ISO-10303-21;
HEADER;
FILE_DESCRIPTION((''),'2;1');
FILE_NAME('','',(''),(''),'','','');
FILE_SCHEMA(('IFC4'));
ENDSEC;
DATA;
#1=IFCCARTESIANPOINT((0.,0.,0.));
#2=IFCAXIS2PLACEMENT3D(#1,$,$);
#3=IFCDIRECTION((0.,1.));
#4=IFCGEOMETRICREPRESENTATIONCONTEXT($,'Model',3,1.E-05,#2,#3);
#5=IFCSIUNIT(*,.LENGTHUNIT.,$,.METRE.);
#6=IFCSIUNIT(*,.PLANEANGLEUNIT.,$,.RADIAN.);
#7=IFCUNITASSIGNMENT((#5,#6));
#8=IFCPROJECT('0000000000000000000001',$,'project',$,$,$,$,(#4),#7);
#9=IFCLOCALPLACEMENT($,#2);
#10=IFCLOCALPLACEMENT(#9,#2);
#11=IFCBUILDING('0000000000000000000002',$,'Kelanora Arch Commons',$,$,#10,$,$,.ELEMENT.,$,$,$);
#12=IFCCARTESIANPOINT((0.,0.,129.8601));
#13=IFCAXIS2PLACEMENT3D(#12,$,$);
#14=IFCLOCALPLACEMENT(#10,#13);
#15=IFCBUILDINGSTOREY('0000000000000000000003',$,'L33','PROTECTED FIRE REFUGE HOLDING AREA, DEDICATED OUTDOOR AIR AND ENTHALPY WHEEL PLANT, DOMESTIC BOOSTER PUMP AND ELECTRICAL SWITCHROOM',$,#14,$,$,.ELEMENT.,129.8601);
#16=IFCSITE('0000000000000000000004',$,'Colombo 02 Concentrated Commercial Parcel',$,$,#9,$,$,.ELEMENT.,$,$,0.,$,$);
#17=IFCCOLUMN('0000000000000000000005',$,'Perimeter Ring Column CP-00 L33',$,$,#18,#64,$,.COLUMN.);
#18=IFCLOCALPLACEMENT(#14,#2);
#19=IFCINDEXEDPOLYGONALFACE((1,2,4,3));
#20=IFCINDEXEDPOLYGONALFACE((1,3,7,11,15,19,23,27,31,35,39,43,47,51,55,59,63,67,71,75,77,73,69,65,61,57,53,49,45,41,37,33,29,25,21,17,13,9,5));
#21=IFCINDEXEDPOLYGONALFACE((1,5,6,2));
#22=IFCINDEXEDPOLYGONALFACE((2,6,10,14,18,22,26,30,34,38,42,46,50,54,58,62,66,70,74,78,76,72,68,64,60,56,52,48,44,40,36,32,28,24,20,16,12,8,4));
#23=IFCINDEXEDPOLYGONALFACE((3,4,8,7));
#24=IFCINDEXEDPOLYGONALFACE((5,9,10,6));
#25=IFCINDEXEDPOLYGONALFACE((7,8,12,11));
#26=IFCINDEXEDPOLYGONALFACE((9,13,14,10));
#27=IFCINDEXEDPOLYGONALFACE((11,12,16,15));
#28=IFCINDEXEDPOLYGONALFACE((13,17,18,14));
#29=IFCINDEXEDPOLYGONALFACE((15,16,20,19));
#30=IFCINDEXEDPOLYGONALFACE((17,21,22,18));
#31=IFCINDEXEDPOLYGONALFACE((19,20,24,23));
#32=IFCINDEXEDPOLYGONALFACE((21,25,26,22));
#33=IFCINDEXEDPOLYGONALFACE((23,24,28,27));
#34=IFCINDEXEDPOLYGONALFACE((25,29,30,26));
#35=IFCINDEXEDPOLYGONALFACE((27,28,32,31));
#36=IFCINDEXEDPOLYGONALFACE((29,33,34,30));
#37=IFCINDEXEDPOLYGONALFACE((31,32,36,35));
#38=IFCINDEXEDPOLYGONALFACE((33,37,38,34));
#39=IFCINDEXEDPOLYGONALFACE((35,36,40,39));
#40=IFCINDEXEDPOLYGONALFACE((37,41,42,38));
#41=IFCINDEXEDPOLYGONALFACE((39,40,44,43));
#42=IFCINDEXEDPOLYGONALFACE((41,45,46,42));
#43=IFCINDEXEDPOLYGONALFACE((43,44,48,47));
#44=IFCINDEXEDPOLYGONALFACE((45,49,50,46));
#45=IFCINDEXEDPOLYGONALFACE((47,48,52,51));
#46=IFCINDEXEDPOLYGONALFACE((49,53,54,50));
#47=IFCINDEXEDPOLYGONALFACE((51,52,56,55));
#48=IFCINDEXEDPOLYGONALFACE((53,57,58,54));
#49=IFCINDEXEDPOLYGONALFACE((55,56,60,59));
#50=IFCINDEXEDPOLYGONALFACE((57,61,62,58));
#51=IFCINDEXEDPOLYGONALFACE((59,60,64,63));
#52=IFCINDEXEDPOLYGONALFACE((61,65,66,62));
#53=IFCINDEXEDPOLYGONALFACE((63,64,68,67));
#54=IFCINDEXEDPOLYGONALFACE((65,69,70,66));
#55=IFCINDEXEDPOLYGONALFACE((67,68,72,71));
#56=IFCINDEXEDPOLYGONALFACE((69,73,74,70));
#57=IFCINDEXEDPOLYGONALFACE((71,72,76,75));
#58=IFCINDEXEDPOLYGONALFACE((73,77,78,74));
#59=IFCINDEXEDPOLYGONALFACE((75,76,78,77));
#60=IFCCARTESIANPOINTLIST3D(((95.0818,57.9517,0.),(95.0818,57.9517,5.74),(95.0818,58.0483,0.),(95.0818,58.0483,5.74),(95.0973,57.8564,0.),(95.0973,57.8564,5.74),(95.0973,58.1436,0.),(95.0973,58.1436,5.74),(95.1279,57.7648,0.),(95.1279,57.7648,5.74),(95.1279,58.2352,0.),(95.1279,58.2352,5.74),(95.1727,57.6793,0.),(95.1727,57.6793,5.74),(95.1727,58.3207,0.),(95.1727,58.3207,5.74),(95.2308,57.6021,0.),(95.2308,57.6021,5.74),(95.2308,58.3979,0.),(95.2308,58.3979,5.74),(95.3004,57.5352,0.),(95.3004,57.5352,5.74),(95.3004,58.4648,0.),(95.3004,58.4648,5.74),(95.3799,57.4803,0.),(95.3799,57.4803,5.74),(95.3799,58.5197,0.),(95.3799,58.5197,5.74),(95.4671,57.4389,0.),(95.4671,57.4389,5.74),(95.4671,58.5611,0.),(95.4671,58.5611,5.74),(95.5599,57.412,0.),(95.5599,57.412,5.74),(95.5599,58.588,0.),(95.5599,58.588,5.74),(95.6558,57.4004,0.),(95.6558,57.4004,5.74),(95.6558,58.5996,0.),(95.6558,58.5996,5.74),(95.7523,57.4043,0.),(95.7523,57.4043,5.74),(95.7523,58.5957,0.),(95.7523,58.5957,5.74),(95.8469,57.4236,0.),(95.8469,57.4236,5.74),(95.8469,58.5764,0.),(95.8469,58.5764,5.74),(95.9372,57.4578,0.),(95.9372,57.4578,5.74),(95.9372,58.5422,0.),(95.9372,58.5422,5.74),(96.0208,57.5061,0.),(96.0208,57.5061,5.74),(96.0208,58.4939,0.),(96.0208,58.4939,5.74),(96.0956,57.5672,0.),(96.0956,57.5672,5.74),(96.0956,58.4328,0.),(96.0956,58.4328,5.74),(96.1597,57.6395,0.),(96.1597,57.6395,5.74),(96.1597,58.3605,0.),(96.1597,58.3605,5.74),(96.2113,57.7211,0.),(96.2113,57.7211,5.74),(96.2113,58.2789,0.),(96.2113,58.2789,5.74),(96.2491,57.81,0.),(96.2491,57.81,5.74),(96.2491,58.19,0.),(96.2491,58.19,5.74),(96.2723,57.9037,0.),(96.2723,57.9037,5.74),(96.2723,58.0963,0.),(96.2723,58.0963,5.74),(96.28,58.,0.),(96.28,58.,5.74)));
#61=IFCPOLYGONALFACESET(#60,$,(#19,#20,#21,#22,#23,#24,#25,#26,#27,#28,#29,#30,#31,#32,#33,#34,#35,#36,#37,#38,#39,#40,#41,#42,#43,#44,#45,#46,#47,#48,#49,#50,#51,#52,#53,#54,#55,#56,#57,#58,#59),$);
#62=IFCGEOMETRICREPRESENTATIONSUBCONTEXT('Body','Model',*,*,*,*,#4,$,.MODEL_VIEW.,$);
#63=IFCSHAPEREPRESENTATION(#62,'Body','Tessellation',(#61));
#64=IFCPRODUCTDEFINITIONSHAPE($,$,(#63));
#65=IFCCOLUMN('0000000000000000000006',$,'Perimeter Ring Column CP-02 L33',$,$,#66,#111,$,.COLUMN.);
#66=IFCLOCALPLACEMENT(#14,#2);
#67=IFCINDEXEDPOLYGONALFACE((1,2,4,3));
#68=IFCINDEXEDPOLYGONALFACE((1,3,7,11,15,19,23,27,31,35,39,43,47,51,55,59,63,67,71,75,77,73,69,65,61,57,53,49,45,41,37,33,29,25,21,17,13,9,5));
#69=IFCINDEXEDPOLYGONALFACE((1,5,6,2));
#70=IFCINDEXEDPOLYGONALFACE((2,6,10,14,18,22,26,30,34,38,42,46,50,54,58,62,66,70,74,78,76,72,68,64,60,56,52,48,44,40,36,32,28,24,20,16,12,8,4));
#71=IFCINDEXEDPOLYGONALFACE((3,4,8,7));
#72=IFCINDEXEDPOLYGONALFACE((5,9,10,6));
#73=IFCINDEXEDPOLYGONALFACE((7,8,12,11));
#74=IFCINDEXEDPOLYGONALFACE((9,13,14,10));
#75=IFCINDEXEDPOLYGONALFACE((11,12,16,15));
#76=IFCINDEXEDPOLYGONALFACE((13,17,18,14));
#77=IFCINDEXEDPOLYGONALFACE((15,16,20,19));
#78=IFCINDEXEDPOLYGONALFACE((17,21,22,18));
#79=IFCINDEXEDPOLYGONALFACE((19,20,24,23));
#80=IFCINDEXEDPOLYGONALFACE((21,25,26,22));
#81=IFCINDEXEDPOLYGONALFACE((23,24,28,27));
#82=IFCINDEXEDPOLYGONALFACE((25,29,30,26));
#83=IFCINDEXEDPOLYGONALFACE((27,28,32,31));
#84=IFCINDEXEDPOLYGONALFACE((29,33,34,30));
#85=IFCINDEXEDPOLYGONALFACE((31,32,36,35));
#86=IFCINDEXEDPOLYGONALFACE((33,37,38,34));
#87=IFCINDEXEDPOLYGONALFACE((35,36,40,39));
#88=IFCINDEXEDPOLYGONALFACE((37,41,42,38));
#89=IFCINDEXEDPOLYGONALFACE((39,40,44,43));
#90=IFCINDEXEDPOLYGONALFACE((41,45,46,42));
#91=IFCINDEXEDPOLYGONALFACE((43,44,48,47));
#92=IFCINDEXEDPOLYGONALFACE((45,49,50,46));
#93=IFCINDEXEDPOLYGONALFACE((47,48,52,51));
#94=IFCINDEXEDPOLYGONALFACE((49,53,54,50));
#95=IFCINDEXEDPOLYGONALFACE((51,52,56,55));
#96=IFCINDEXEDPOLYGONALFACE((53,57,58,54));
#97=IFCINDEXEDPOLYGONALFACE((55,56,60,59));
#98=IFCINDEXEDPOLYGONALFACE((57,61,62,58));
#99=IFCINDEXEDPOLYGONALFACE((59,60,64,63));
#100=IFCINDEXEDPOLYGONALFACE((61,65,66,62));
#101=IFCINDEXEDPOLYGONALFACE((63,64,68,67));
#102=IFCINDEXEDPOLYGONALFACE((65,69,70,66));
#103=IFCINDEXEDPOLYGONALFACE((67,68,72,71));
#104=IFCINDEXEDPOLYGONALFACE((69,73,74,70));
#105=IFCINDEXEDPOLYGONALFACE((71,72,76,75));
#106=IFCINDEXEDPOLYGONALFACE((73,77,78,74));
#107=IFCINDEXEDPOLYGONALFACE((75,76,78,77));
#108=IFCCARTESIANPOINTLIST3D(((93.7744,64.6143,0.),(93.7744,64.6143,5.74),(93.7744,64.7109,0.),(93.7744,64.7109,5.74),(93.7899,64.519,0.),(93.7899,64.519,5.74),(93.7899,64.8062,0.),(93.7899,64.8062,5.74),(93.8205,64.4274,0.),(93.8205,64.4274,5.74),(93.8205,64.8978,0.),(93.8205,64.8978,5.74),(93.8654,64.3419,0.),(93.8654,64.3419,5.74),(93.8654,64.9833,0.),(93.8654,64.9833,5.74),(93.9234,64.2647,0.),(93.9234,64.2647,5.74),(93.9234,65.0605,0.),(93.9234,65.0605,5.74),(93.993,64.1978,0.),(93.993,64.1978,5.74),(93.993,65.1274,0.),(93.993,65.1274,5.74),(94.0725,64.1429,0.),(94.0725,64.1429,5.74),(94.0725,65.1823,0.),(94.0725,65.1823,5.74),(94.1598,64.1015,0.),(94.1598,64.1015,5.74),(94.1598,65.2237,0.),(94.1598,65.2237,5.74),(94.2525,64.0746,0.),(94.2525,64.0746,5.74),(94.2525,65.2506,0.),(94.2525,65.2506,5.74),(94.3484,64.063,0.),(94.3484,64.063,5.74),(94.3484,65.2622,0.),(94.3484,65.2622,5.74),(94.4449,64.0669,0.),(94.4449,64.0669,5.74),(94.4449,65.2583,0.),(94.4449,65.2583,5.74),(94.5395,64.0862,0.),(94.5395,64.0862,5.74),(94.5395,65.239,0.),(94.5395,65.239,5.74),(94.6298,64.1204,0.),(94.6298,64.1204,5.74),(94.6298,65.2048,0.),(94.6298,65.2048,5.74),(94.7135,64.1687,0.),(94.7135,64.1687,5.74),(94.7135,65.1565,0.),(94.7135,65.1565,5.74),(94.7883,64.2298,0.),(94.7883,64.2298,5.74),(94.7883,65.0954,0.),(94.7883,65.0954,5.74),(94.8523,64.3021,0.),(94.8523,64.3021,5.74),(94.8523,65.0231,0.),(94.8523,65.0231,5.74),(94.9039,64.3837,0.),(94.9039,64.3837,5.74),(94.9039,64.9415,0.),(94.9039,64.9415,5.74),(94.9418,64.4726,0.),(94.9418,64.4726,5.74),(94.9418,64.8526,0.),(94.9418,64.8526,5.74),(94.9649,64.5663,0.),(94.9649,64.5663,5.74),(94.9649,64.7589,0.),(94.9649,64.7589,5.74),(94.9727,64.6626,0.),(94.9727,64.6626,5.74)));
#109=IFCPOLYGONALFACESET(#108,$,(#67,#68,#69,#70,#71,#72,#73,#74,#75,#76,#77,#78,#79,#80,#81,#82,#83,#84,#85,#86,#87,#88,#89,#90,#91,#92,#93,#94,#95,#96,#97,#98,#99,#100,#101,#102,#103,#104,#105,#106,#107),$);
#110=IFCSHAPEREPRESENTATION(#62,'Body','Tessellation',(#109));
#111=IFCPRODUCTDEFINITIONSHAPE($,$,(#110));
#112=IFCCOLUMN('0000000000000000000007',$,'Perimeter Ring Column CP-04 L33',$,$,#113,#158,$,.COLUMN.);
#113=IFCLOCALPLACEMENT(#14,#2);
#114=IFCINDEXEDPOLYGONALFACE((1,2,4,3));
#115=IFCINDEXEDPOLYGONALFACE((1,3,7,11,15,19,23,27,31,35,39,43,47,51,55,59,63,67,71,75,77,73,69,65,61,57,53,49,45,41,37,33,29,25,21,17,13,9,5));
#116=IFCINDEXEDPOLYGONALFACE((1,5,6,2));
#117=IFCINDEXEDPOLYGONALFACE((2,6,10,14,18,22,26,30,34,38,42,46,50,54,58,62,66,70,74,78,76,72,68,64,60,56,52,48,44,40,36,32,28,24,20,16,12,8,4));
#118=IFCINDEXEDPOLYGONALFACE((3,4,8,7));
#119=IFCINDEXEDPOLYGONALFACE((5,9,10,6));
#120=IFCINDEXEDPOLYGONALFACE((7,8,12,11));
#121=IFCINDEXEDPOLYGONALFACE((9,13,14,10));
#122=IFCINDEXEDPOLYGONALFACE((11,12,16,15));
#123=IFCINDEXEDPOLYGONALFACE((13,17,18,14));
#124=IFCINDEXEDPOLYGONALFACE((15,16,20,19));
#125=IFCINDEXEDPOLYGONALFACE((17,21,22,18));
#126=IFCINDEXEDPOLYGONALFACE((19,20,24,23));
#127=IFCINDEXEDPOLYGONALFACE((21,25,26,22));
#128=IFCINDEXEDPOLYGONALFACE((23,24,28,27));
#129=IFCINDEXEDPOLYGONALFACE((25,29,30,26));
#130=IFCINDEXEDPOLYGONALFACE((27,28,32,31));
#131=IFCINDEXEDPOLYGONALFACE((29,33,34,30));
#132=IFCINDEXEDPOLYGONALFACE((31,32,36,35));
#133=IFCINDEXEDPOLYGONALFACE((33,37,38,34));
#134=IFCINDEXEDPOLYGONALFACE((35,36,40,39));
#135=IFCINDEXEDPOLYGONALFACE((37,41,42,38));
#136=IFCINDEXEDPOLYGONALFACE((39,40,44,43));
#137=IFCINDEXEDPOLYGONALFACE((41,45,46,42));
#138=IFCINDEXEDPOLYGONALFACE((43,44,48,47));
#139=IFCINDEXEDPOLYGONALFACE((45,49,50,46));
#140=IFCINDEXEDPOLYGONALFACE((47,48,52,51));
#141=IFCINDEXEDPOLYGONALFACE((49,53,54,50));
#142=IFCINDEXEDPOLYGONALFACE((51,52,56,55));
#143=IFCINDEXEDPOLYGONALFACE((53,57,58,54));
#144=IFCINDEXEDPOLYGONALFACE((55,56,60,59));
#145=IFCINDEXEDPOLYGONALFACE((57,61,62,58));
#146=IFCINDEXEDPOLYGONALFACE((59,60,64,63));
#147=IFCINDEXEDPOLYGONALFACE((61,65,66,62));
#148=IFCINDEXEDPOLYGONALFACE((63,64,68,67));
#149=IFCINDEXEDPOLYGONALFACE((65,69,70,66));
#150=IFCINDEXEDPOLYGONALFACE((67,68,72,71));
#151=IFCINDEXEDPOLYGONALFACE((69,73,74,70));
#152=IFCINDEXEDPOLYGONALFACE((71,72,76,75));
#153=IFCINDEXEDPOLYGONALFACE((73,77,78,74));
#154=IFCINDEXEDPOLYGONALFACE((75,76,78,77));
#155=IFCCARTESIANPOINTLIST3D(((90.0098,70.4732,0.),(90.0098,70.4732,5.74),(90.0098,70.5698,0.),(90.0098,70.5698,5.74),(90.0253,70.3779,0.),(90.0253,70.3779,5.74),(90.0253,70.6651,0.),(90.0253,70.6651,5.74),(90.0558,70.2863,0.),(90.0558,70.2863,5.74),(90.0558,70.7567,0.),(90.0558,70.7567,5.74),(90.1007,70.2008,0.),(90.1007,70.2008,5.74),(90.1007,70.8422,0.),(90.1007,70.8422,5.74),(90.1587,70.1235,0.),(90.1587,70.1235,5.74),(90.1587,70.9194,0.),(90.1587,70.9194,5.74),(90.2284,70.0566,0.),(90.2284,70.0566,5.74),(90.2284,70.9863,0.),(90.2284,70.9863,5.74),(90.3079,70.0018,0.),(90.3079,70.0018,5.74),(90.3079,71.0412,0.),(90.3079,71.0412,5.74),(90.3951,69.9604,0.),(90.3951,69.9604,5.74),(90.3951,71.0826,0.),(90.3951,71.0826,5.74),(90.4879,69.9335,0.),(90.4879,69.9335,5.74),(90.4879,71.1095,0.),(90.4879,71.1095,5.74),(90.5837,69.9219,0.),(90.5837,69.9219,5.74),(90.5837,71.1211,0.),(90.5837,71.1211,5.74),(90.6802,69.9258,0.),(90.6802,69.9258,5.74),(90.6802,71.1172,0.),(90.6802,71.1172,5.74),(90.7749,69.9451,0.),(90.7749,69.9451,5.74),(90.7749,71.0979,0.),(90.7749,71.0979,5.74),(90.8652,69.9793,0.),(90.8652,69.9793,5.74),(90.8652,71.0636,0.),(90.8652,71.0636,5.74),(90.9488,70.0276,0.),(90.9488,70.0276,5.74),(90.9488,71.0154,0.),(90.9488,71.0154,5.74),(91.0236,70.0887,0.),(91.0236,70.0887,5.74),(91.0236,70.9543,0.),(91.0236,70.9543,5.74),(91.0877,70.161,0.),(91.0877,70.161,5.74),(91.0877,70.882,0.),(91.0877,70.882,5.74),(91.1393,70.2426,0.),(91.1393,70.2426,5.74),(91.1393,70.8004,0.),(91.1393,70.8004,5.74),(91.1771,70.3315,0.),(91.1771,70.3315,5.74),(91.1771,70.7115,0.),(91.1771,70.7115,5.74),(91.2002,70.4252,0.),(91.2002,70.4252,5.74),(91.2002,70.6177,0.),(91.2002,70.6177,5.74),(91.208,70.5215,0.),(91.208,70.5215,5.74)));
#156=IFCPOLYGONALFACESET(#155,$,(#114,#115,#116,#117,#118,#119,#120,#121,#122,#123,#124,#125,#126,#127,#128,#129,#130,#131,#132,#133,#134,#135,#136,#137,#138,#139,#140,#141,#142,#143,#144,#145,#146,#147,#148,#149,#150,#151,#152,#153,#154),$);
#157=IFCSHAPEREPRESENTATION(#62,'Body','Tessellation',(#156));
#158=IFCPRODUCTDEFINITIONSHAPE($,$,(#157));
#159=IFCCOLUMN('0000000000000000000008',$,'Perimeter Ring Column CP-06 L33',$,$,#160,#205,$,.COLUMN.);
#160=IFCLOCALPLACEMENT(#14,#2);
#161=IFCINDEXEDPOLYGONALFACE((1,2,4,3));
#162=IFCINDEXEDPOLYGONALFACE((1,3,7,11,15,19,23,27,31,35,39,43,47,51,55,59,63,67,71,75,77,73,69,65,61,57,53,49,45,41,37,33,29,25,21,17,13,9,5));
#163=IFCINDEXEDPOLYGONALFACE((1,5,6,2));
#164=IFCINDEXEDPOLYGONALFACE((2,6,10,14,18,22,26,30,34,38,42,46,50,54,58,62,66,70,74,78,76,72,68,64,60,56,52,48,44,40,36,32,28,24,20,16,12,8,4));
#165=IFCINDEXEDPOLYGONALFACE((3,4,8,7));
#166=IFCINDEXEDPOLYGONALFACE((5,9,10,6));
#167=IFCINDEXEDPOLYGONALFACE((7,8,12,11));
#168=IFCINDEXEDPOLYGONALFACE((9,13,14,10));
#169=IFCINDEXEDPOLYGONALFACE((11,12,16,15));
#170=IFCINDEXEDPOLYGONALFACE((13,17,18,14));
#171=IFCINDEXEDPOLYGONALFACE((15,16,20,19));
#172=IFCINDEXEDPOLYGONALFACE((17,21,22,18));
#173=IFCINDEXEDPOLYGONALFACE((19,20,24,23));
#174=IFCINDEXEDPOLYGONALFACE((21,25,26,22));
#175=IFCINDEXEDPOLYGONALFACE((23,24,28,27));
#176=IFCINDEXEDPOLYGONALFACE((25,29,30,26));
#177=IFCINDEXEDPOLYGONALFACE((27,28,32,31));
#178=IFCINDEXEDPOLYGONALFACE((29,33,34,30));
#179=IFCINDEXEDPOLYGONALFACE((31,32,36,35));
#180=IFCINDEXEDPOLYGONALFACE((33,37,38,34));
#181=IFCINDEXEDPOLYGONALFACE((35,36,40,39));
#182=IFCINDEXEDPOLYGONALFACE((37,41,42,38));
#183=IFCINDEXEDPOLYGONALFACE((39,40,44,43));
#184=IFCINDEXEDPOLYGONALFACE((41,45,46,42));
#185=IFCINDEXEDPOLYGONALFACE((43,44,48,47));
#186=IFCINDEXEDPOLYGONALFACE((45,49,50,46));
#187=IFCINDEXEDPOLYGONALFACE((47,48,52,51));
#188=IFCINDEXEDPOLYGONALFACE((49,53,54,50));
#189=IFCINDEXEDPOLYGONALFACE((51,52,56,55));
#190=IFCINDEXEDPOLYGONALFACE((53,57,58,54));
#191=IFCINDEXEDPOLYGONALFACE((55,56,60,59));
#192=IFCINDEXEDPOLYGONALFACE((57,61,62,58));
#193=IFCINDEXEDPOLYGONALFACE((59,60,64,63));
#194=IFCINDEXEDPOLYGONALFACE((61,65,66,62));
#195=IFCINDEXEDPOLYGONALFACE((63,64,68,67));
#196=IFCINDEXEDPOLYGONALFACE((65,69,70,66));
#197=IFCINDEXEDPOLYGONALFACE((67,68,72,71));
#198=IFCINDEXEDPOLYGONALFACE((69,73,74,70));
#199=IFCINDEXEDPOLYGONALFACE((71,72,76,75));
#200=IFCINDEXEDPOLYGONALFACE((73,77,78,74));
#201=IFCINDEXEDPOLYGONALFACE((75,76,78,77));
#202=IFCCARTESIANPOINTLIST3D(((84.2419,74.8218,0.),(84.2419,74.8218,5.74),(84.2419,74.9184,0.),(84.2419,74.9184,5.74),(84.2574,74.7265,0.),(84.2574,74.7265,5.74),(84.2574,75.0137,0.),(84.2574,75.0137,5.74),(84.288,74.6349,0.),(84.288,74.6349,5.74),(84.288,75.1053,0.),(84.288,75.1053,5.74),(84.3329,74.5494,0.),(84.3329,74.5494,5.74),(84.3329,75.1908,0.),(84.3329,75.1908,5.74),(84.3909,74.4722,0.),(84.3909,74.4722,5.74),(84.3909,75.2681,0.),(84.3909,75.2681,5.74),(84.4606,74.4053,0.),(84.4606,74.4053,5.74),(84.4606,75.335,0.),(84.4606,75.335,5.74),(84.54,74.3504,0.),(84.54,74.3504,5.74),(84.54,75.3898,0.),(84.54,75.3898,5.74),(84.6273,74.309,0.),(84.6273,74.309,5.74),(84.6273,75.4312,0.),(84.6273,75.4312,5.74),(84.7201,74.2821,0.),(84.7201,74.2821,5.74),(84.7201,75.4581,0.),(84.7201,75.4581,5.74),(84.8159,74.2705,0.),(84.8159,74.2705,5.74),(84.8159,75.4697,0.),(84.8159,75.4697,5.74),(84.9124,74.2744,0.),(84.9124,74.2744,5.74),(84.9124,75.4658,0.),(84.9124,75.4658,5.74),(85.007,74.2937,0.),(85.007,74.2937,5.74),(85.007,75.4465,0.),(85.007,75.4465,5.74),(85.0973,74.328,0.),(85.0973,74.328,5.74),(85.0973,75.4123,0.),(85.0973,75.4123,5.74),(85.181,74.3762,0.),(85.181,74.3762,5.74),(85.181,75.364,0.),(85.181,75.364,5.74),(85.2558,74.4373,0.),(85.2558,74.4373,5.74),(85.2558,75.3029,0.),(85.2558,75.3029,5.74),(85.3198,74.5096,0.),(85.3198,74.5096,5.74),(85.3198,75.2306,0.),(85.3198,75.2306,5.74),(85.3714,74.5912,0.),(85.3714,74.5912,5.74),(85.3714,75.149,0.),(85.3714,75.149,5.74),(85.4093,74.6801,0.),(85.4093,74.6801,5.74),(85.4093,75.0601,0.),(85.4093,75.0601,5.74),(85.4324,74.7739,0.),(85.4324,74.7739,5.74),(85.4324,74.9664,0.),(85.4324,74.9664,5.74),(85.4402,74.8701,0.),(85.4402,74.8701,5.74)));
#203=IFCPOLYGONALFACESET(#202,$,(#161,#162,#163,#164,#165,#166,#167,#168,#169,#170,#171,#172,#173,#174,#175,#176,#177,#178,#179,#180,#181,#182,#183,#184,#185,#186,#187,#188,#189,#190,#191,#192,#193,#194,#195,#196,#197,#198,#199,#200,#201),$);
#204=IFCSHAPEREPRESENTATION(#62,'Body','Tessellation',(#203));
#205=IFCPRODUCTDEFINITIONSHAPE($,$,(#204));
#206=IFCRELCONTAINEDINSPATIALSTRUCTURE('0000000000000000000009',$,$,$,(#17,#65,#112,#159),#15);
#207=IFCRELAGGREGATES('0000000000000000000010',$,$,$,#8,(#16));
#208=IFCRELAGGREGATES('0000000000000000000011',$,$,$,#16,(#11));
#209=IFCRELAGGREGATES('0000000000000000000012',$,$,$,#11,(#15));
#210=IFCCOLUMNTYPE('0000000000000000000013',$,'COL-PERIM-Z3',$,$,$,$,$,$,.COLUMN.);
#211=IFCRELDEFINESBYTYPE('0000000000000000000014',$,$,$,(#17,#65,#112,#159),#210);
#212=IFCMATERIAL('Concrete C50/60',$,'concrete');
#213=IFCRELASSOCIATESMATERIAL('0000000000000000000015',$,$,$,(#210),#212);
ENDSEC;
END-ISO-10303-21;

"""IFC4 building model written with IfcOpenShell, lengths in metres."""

from ifc_helpers import new_model, si_unit, direction, frame, origin, origin_2d, place, context, subcontext, project, spatial, circle, extrude, material, material_profile, profile_set, type_object, element, save


model = new_model("IFC4")

# Units and contexts
model_context = context("Model", 3, precision=1e-05, world=origin(), true_north=direction((0.0, 1.0)))
body_context = subcontext(model_context, "Body", "Model", "MODEL_VIEW")
ifc_project = project(units=[si_unit("LENGTHUNIT", "METRE"), si_unit("PLANEANGLEUNIT", "RADIAN")], contexts=[model_context])

# Site, building, storey
site_placement = place(None, origin())
site = spatial("IfcSite", under=ifc_project, at=site_placement, Name="Colombo 02 Concentrated Commercial Parcel", CompositionType="ELEMENT", RefElevation=0.0)
building_placement = place(site_placement, origin())
building = spatial("IfcBuilding", under=site, at=building_placement, Name="Kelanora Arch Commons", CompositionType="ELEMENT")
storey_placement = place(building_placement, frame((0.0, 0.0, 129.8601)))
storey = spatial("IfcBuildingStorey", under=building, at=storey_placement, Name="L33", Description="PROTECTED FIRE REFUGE HOLDING AREA, DEDICATED OUTDOOR AIR AND ENTHALPY WHEEL PLANT, DOMESTIC BOOSTER PUMP AND ELECTRICAL SWITCHROOM", CompositionType="ELEMENT", Elevation=129.8601)

# Columns
ifc_material_1 = material(Name="Concrete C50/60", Category="concrete")
ifc_material_profile_1 = material_profile(ifc_material_1, circle(Radius=0.6001, at=origin_2d()), Name="RCC1200")
ifc_profile_set_1 = profile_set([ifc_material_profile_1], Name="Concrete C50/60")
column_type = type_object("IfcColumnType", Name="COL-PERIM-Z3", PredefinedType="COLUMN", material=ifc_profile_set_1)
for number, where, z_axis, x_axis, name in (
    (1, (95.6799, 58.0, 0.0), (0.0, 0.0, 1.0), (1.0, 0.0, 0.0), "Perimeter Ring Column CP-00 L33"),
    (2, (94.3726, 64.6626, 0.0), (0.0, 0.0, 1.0), (1.0, 0.0, 0.0), "Perimeter Ring Column CP-02 L33"),
    (3, (90.6079, 70.5215, 0.0), (0.0, 0.0, 1.0), (1.0, 0.0, 0.0), "Perimeter Ring Column CP-04 L33"),
    (4, (84.8401, 74.8701, 0.0), (0.0, 0.0, 1.0), (1.0, 0.0, 0.0), "Perimeter Ring Column CP-06 L33"),
):
    element("IfcColumn", number, at=place(storey_placement, frame(where, z_axis=z_axis, x_axis=x_axis)), inside=storey, type_object=column_type, Name=name, PredefinedType="COLUMN", context=body_context, shape_type="SweptSolid", body=[
        extrude(circle(Radius=0.6001, at=origin_2d()), origin(), (0.0, 0.0, 1.0), 5.74),
    ])

save(model, "model.ifc")
